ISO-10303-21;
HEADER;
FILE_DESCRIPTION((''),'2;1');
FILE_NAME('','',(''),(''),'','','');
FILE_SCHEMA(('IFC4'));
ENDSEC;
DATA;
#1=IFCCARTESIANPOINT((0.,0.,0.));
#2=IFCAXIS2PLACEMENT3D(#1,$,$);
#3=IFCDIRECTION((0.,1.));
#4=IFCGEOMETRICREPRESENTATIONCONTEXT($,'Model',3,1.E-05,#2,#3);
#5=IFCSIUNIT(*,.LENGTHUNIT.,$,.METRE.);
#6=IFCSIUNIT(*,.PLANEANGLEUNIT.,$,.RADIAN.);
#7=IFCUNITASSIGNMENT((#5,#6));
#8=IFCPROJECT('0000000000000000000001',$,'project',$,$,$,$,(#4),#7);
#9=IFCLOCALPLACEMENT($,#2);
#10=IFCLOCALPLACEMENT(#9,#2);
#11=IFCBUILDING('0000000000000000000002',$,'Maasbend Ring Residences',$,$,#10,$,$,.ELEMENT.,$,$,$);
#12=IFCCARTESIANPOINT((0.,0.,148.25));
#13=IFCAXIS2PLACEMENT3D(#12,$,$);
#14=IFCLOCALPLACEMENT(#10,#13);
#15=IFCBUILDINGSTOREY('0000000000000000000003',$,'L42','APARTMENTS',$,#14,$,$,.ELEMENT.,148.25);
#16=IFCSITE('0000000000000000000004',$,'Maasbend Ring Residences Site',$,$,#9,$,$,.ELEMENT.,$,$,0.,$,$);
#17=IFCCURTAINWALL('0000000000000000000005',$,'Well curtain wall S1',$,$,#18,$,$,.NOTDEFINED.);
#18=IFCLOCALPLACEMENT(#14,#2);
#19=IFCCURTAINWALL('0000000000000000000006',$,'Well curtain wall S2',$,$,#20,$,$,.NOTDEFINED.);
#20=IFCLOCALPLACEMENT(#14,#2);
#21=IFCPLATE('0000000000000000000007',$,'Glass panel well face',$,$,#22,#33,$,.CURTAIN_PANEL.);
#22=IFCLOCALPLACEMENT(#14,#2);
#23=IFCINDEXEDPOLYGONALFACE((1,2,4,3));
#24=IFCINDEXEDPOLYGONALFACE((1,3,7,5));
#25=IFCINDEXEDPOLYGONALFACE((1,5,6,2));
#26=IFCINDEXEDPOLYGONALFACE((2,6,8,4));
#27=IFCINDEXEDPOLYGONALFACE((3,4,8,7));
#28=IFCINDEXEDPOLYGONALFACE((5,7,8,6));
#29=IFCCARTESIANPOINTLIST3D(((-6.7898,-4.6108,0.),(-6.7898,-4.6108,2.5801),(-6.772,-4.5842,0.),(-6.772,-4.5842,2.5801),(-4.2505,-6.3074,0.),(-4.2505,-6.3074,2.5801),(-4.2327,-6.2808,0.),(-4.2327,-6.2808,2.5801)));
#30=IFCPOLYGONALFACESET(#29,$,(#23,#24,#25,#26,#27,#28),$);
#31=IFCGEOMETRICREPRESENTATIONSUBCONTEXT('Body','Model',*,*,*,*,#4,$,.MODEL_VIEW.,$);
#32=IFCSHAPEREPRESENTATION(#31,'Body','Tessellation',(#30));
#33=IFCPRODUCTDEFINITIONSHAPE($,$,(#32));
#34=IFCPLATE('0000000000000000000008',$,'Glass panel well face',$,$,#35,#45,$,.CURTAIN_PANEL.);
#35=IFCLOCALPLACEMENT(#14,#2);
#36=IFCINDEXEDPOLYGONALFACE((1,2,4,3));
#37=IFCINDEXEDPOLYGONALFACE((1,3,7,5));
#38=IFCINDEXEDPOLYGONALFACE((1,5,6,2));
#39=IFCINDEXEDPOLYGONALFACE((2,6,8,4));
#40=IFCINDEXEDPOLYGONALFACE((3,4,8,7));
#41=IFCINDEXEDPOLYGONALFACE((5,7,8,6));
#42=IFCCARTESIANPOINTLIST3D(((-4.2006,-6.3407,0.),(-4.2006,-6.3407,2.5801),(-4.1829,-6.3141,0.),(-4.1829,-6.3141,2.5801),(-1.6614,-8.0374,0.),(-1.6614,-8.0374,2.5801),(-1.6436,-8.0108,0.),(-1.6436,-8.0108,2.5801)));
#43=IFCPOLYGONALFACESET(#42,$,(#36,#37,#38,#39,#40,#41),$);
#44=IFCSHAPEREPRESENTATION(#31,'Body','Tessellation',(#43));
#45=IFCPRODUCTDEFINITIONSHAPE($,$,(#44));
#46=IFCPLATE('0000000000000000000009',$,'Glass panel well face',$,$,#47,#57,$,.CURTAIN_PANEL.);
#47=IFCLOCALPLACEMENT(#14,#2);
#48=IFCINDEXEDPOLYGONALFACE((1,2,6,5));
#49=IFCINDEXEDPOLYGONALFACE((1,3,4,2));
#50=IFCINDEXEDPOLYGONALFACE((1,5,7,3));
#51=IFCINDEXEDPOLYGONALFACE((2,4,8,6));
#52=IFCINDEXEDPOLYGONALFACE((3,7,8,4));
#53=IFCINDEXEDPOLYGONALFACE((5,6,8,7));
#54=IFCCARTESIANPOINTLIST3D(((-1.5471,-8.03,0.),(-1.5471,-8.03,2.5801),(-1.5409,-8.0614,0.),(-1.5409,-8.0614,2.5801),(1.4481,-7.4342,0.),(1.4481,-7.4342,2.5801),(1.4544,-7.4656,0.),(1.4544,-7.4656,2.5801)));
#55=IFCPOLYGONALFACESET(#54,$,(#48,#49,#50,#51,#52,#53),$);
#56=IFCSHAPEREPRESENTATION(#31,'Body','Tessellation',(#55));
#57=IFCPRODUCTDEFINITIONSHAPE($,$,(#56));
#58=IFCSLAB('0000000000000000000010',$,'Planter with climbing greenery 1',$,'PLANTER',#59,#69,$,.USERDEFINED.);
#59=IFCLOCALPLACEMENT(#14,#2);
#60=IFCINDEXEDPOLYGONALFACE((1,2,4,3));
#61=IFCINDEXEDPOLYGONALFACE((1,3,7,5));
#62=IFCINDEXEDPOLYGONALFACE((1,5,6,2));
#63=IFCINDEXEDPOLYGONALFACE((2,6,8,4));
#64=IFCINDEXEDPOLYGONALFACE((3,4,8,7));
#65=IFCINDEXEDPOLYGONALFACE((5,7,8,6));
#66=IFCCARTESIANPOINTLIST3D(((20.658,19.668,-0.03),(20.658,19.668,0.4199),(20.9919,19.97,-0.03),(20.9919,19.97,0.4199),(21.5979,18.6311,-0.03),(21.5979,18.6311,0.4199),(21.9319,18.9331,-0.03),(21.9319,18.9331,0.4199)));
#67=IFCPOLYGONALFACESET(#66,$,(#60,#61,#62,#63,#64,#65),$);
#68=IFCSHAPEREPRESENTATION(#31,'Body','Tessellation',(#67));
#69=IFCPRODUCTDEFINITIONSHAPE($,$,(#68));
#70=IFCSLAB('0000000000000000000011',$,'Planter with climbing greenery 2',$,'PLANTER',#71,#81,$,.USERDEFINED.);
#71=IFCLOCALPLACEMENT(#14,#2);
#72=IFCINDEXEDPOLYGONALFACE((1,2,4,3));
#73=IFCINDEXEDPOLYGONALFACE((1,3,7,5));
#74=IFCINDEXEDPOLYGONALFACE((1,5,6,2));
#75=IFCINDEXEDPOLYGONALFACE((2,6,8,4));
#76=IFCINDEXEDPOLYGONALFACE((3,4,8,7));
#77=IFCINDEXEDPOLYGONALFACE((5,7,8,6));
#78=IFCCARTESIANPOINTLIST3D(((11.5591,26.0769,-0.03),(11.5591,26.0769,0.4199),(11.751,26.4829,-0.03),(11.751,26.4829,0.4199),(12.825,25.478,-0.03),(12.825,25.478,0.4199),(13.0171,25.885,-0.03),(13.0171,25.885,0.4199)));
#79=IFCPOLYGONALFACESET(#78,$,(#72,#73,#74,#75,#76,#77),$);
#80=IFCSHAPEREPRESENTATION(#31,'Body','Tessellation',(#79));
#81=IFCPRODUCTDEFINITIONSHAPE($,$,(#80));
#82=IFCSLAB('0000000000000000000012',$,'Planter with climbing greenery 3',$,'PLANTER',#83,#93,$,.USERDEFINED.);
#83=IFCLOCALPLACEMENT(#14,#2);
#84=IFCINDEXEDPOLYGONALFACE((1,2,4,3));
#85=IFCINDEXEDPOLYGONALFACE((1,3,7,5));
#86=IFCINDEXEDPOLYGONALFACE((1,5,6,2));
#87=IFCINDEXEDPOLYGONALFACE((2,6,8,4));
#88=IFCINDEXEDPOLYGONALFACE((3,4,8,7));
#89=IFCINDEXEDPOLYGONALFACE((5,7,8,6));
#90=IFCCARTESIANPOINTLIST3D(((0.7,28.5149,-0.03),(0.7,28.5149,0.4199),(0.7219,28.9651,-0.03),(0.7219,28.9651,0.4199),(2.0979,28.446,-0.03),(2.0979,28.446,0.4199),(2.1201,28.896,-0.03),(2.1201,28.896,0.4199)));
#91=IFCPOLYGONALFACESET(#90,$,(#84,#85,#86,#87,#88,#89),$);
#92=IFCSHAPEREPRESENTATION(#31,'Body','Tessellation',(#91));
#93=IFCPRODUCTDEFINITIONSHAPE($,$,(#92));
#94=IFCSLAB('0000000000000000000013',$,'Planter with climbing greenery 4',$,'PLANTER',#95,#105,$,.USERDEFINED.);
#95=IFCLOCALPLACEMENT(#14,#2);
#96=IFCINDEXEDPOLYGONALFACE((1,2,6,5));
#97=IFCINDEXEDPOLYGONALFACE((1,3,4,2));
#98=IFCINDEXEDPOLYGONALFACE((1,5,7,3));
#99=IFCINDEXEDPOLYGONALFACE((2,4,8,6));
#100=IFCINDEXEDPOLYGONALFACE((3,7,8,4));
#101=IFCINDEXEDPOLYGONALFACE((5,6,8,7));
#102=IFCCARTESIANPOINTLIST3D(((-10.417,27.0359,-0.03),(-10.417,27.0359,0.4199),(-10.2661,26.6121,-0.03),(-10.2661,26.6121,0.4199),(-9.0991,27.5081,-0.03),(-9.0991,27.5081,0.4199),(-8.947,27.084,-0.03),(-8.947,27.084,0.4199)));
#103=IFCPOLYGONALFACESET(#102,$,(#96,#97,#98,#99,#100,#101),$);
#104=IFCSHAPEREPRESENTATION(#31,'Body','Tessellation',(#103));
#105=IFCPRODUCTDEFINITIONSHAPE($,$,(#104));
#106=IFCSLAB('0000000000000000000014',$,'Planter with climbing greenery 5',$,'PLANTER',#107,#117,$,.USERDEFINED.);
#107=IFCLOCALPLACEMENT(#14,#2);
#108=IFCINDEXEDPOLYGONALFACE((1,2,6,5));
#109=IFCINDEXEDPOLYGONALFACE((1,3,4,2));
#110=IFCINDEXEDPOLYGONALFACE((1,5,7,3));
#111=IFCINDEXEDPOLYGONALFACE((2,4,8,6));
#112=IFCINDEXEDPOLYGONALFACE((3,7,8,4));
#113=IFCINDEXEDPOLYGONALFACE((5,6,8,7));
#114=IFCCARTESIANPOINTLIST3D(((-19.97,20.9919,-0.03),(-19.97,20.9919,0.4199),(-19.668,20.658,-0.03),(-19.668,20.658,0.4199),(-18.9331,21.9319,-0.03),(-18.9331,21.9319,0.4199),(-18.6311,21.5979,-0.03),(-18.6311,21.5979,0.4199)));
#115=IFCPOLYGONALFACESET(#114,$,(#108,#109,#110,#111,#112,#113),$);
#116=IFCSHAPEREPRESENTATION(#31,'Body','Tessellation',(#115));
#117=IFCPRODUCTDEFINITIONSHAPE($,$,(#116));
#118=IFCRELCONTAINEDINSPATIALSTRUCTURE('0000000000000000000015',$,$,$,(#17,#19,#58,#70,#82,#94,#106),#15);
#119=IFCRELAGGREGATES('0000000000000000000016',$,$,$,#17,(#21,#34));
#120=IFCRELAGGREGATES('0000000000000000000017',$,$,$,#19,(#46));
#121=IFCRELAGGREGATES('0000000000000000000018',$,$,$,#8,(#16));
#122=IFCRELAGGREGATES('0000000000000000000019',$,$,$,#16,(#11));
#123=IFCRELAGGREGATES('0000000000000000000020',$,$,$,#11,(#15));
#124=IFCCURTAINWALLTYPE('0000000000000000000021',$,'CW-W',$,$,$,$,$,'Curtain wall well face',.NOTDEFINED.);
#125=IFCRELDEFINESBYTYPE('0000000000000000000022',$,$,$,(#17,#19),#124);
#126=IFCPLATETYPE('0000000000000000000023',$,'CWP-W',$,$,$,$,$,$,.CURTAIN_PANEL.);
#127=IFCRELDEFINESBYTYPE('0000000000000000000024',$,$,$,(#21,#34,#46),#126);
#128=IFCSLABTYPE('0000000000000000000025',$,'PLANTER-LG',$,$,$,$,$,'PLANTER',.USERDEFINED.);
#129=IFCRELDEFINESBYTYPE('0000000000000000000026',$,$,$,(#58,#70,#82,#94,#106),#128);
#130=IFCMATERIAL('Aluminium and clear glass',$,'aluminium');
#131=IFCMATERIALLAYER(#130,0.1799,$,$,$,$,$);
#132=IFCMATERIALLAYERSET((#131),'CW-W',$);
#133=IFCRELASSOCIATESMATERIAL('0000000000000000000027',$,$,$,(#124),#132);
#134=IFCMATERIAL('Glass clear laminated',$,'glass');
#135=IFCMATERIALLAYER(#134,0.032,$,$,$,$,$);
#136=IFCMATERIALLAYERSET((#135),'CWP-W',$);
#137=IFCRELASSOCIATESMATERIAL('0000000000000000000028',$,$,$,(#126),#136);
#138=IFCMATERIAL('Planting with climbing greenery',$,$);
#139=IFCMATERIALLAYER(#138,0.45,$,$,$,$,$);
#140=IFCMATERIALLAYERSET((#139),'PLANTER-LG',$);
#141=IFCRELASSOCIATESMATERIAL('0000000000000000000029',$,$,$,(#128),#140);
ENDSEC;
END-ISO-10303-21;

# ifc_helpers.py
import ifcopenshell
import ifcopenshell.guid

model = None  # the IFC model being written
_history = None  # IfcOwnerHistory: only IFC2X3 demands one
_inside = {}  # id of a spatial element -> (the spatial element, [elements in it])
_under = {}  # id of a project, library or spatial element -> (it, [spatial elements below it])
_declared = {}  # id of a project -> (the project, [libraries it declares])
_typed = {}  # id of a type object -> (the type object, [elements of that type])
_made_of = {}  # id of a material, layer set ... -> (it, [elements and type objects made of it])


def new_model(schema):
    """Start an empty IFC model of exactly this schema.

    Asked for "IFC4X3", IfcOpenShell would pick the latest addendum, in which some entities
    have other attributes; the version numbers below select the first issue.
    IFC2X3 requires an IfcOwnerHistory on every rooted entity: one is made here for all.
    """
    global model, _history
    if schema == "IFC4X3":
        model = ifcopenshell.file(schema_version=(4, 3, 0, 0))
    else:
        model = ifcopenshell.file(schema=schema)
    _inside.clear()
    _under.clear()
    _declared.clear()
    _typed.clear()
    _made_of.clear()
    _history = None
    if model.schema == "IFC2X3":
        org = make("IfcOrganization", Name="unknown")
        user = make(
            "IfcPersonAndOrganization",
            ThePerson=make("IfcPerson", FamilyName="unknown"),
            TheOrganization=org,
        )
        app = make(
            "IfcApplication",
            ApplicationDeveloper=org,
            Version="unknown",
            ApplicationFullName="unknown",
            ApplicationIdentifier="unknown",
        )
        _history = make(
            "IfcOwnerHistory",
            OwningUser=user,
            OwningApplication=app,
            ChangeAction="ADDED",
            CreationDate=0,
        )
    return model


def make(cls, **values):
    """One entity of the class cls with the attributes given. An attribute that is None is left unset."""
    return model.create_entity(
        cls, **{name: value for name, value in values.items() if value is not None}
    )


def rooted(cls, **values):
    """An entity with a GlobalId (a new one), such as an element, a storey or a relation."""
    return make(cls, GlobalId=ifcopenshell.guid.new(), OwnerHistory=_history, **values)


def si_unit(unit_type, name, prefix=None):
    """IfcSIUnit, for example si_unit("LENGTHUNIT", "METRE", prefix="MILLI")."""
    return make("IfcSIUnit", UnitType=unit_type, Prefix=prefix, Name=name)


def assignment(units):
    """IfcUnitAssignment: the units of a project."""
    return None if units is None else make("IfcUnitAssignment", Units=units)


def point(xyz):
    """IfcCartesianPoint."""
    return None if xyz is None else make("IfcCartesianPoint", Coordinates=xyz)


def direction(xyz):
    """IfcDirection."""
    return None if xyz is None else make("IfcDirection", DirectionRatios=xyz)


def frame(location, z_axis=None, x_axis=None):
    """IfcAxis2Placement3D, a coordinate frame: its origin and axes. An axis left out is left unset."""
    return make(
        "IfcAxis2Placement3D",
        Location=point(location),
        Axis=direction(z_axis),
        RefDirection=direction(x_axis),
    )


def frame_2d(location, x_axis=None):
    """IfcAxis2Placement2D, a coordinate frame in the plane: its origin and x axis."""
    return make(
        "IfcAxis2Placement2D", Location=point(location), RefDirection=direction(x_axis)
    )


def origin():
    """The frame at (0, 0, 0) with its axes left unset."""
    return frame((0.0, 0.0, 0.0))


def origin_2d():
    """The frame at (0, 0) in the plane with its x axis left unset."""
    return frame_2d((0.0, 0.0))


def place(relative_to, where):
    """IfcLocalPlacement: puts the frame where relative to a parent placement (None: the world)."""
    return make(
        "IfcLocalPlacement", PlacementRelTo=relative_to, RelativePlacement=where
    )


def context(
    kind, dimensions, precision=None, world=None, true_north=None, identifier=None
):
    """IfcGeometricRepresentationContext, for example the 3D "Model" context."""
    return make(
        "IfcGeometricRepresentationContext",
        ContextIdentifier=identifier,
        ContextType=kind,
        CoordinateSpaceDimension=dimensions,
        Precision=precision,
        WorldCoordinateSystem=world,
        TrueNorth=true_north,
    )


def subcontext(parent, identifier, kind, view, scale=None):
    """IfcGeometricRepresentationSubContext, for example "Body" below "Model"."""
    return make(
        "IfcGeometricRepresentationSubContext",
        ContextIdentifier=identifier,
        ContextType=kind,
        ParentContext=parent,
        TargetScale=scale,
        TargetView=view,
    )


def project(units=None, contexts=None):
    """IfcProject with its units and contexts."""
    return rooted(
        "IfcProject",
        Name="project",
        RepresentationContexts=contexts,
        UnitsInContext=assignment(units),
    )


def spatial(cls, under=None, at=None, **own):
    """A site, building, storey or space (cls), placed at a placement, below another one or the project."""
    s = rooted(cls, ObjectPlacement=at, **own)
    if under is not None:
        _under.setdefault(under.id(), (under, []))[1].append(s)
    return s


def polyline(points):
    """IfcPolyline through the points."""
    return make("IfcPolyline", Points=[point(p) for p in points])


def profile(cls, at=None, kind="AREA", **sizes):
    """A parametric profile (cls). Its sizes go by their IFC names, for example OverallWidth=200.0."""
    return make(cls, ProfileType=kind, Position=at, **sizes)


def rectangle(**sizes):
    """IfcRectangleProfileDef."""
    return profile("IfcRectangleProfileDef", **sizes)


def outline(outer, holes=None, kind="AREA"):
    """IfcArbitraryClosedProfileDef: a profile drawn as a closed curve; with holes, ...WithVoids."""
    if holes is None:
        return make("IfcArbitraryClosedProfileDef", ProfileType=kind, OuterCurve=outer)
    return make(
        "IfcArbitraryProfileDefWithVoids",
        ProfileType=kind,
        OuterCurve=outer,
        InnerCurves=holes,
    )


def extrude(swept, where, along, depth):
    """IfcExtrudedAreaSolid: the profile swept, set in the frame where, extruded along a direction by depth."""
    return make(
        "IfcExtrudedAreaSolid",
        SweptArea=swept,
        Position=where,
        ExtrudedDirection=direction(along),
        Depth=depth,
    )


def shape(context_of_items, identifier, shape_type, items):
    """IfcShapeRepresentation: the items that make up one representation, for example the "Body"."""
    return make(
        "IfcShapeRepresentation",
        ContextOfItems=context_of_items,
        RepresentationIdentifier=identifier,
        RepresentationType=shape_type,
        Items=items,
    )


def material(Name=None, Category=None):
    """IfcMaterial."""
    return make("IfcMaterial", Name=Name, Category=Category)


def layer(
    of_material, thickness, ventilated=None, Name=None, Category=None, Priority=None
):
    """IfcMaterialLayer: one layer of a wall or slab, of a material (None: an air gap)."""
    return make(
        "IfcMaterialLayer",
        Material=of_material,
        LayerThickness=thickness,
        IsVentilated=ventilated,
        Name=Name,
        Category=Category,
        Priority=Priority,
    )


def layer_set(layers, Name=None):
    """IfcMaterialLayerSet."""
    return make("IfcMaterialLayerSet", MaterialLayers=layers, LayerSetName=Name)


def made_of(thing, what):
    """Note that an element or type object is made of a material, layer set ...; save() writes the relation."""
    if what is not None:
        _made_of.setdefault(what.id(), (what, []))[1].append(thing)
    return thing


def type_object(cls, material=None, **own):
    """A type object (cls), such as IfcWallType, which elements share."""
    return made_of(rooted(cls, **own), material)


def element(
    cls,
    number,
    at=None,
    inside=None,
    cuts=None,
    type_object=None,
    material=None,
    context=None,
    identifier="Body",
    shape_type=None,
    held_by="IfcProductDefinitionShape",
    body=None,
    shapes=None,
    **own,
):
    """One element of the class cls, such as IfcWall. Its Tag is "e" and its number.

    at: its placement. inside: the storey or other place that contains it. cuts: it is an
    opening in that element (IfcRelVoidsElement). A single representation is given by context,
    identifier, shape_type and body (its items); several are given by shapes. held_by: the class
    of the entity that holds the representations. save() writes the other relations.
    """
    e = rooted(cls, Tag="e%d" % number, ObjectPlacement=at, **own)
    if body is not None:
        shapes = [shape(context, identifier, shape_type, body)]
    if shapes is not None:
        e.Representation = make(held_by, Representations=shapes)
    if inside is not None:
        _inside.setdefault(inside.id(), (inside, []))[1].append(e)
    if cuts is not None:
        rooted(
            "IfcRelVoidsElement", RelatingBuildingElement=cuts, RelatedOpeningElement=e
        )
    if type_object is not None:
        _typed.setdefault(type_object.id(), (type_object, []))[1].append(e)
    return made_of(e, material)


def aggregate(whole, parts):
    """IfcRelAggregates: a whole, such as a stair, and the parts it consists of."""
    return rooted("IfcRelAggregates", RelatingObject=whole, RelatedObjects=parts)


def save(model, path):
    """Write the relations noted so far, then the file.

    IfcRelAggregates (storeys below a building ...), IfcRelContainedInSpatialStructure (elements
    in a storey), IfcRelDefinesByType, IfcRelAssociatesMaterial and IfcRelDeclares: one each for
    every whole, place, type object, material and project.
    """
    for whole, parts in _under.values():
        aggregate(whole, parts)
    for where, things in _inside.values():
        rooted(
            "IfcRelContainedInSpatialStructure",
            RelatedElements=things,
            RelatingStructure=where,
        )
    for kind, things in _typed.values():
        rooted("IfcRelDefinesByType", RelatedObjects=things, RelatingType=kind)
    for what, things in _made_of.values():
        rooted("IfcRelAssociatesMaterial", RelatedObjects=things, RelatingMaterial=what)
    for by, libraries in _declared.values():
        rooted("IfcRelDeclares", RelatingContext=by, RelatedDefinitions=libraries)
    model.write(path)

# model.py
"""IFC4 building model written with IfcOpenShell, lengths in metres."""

from ifc_helpers import new_model, si_unit, direction, frame, origin, origin_2d, place, context, subcontext, project, spatial, polyline, rectangle, outline, extrude, material, layer, layer_set, type_object, element, aggregate, save


model = new_model("IFC4")

# Units and contexts
model_context = context("Model", 3, precision=1e-05, world=origin(), true_north=direction((0.0, 1.0)))
body_context = subcontext(model_context, "Body", "Model", "MODEL_VIEW")
ifc_project = project(units=[si_unit("LENGTHUNIT", "METRE"), si_unit("PLANEANGLEUNIT", "RADIAN")], contexts=[model_context])

# Site, building, storey
site_placement = place(None, origin())
site = spatial("IfcSite", under=ifc_project, at=site_placement, Name="Maasbend Ring Residences Site", CompositionType="ELEMENT", RefElevation=0.0)
building_placement = place(site_placement, origin())
building = spatial("IfcBuilding", under=site, at=building_placement, Name="Maasbend Ring Residences", CompositionType="ELEMENT")
storey_placement = place(building_placement, frame((0.0, 0.0, 148.25)))
storey = spatial("IfcBuildingStorey", under=building, at=storey_placement, Name="L42", Description="APARTMENTS", CompositionType="ELEMENT", Elevation=148.25)

# Curtain wall
ifc_material_1 = material(Name="Aluminium and clear glass", Category="aluminium")
ifc_layer_1 = layer(ifc_material_1, 0.1799)
ifc_layer_set_1 = layer_set([ifc_layer_1], Name="CW-W")
curtain_wall_type = type_object("IfcCurtainWallType", Name="CW-W", ElementType="Curtain wall well face", PredefinedType="NOTDEFINED", material=ifc_layer_set_1)
curtain_wall_1_placement = place(storey_placement, origin())
curtain_wall_1 = element("IfcCurtainWall", 1, at=curtain_wall_1_placement, inside=storey, type_object=curtain_wall_type, Name="Well curtain wall S1", PredefinedType="NOTDEFINED")

# Curtain wall
curtain_wall_2_placement = place(storey_placement, origin())
curtain_wall_2 = element("IfcCurtainWall", 2, at=curtain_wall_2_placement, inside=storey, type_object=curtain_wall_type, Name="Well curtain wall S2", PredefinedType="NOTDEFINED")

# Plates
ifc_material_2 = material(Name="Glass clear laminated", Category="glass")
ifc_layer_2 = layer(ifc_material_2, 0.032)
ifc_layer_set_2 = layer_set([ifc_layer_2], Name="CWP-W")
plate_type = type_object("IfcPlateType", Name="CWP-W", PredefinedType="CURTAIN_PANEL", material=ifc_layer_set_2)
plate_1_placement = place(storey_placement, frame((-5.5112, -5.4458, 0.0), z_axis=(0.0, 0.0, 1.0), x_axis=(0.83147, -0.55557, 0.0)))
plate_1 = element("IfcPlate", 3, at=plate_1_placement, type_object=plate_type, Name="Glass panel well face", PredefinedType="CURTAIN_PANEL", context=body_context, shape_type="SweptSolid", body=[
    extrude(rectangle(XDim=3.054, YDim=0.032, at=origin_2d()), origin(), (0.0, 0.0, 1.0), 2.5801),
])
plate_2_placement = place(storey_placement, frame((-2.9221, -7.1758, 0.0), z_axis=(0.0, 0.0, 1.0), x_axis=(0.83147, -0.55557, 0.0)))
plate_2 = element("IfcPlate", 4, at=plate_2_placement, type_object=plate_type, Name="Glass panel well face", PredefinedType="CURTAIN_PANEL", context=body_context, shape_type="SweptSolid", body=[
    extrude(rectangle(XDim=3.054, YDim=0.032, at=origin_2d()), origin(), (0.0, 0.0, 1.0), 2.5801),
])
aggregate(curtain_wall_1, [plate_1, plate_2])
plate_3_placement = place(storey_placement, frame((-0.0464, -7.7478, 0.0), z_axis=(0.0, 0.0, 1.0), x_axis=(0.980785, 0.19509, 0.0)))
plate_3 = element("IfcPlate", 5, at=plate_3_placement, type_object=plate_type, Name="Glass panel well face", PredefinedType="CURTAIN_PANEL", context=body_context, shape_type="SweptSolid", body=[
    extrude(rectangle(XDim=3.054, YDim=0.032, at=origin_2d()), origin(), (0.0, 0.0, 1.0), 2.5801),
])
aggregate(curtain_wall_2, [plate_3])

# Slabs
ifc_material_3 = material(Name="Planting with climbing greenery")
ifc_layer_3 = layer(ifc_material_3, 0.45)
ifc_layer_set_3 = layer_set([ifc_layer_3], Name="PLANTER-LG")
slab_type_1 = type_object("IfcSlabType", Name="PLANTER-LG", ElementType="PLANTER", PredefinedType="USERDEFINED", material=ifc_layer_set_3)
slab_1_placement = place(storey_placement, frame((0.0, 0.0, -0.03)))
element("IfcSlab", 6, at=slab_1_placement, inside=storey, type_object=slab_type_1, Name="Planter with climbing greenery 1", ObjectType="PLANTER", PredefinedType="USERDEFINED", context=body_context, shape_type="SweptSolid", body=[
    extrude(outline(polyline([(21.9319, 18.9331), (20.9919, 19.97), (20.658, 19.668), (21.5979, 18.6311), (21.9319, 18.9331)])), origin(), (0.0, 0.0, 1.0), 0.45),
])
slab_2_placement = place(storey_placement, frame((0.0, 0.0, -0.03)))
element("IfcSlab", 7, at=slab_2_placement, inside=storey, type_object=slab_type_1, Name="Planter with climbing greenery 2", ObjectType="PLANTER", PredefinedType="USERDEFINED", context=body_context, shape_type="SweptSolid", body=[
    extrude(outline(polyline([(13.0171, 25.885), (11.751, 26.4829), (11.5591, 26.0769), (12.825, 25.478), (13.0171, 25.885)])), origin(), (0.0, 0.0, 1.0), 0.45),
])
slab_3_placement = place(storey_placement, frame((0.0, 0.0, -0.03)))
element("IfcSlab", 8, at=slab_3_placement, inside=storey, type_object=slab_type_1, Name="Planter with climbing greenery 3", ObjectType="PLANTER", PredefinedType="USERDEFINED", context=body_context, shape_type="SweptSolid", body=[
    extrude(outline(polyline([(2.1201, 28.896), (0.7219, 28.9651), (0.7, 28.5149), (2.0979, 28.446), (2.1201, 28.896)])), origin(), (0.0, 0.0, 1.0), 0.45),
])
slab_4_placement = place(storey_placement, frame((0.0, 0.0, -0.03)))
element("IfcSlab", 9, at=slab_4_placement, inside=storey, type_object=slab_type_1, Name="Planter with climbing greenery 4", ObjectType="PLANTER", PredefinedType="USERDEFINED", context=body_context, shape_type="SweptSolid", body=[
    extrude(outline(polyline([(-9.0991, 27.5081), (-10.417, 27.0359), (-10.2661, 26.6121), (-8.947, 27.084), (-9.0991, 27.5081)])), origin(), (0.0, 0.0, 1.0), 0.45),
])
slab_5_placement = place(storey_placement, frame((0.0, 0.0, -0.03)))
element("IfcSlab", 10, at=slab_5_placement, inside=storey, type_object=slab_type_1, Name="Planter with climbing greenery 5", ObjectType="PLANTER", PredefinedType="USERDEFINED", context=body_context, shape_type="SweptSolid", body=[
    extrude(outline(polyline([(-18.9331, 21.9319), (-19.97, 20.9919), (-19.668, 20.658), (-18.6311, 21.5979), (-18.9331, 21.9319)])), origin(), (0.0, 0.0, 1.0), 0.45),
])

save(model, "model.ifc")
